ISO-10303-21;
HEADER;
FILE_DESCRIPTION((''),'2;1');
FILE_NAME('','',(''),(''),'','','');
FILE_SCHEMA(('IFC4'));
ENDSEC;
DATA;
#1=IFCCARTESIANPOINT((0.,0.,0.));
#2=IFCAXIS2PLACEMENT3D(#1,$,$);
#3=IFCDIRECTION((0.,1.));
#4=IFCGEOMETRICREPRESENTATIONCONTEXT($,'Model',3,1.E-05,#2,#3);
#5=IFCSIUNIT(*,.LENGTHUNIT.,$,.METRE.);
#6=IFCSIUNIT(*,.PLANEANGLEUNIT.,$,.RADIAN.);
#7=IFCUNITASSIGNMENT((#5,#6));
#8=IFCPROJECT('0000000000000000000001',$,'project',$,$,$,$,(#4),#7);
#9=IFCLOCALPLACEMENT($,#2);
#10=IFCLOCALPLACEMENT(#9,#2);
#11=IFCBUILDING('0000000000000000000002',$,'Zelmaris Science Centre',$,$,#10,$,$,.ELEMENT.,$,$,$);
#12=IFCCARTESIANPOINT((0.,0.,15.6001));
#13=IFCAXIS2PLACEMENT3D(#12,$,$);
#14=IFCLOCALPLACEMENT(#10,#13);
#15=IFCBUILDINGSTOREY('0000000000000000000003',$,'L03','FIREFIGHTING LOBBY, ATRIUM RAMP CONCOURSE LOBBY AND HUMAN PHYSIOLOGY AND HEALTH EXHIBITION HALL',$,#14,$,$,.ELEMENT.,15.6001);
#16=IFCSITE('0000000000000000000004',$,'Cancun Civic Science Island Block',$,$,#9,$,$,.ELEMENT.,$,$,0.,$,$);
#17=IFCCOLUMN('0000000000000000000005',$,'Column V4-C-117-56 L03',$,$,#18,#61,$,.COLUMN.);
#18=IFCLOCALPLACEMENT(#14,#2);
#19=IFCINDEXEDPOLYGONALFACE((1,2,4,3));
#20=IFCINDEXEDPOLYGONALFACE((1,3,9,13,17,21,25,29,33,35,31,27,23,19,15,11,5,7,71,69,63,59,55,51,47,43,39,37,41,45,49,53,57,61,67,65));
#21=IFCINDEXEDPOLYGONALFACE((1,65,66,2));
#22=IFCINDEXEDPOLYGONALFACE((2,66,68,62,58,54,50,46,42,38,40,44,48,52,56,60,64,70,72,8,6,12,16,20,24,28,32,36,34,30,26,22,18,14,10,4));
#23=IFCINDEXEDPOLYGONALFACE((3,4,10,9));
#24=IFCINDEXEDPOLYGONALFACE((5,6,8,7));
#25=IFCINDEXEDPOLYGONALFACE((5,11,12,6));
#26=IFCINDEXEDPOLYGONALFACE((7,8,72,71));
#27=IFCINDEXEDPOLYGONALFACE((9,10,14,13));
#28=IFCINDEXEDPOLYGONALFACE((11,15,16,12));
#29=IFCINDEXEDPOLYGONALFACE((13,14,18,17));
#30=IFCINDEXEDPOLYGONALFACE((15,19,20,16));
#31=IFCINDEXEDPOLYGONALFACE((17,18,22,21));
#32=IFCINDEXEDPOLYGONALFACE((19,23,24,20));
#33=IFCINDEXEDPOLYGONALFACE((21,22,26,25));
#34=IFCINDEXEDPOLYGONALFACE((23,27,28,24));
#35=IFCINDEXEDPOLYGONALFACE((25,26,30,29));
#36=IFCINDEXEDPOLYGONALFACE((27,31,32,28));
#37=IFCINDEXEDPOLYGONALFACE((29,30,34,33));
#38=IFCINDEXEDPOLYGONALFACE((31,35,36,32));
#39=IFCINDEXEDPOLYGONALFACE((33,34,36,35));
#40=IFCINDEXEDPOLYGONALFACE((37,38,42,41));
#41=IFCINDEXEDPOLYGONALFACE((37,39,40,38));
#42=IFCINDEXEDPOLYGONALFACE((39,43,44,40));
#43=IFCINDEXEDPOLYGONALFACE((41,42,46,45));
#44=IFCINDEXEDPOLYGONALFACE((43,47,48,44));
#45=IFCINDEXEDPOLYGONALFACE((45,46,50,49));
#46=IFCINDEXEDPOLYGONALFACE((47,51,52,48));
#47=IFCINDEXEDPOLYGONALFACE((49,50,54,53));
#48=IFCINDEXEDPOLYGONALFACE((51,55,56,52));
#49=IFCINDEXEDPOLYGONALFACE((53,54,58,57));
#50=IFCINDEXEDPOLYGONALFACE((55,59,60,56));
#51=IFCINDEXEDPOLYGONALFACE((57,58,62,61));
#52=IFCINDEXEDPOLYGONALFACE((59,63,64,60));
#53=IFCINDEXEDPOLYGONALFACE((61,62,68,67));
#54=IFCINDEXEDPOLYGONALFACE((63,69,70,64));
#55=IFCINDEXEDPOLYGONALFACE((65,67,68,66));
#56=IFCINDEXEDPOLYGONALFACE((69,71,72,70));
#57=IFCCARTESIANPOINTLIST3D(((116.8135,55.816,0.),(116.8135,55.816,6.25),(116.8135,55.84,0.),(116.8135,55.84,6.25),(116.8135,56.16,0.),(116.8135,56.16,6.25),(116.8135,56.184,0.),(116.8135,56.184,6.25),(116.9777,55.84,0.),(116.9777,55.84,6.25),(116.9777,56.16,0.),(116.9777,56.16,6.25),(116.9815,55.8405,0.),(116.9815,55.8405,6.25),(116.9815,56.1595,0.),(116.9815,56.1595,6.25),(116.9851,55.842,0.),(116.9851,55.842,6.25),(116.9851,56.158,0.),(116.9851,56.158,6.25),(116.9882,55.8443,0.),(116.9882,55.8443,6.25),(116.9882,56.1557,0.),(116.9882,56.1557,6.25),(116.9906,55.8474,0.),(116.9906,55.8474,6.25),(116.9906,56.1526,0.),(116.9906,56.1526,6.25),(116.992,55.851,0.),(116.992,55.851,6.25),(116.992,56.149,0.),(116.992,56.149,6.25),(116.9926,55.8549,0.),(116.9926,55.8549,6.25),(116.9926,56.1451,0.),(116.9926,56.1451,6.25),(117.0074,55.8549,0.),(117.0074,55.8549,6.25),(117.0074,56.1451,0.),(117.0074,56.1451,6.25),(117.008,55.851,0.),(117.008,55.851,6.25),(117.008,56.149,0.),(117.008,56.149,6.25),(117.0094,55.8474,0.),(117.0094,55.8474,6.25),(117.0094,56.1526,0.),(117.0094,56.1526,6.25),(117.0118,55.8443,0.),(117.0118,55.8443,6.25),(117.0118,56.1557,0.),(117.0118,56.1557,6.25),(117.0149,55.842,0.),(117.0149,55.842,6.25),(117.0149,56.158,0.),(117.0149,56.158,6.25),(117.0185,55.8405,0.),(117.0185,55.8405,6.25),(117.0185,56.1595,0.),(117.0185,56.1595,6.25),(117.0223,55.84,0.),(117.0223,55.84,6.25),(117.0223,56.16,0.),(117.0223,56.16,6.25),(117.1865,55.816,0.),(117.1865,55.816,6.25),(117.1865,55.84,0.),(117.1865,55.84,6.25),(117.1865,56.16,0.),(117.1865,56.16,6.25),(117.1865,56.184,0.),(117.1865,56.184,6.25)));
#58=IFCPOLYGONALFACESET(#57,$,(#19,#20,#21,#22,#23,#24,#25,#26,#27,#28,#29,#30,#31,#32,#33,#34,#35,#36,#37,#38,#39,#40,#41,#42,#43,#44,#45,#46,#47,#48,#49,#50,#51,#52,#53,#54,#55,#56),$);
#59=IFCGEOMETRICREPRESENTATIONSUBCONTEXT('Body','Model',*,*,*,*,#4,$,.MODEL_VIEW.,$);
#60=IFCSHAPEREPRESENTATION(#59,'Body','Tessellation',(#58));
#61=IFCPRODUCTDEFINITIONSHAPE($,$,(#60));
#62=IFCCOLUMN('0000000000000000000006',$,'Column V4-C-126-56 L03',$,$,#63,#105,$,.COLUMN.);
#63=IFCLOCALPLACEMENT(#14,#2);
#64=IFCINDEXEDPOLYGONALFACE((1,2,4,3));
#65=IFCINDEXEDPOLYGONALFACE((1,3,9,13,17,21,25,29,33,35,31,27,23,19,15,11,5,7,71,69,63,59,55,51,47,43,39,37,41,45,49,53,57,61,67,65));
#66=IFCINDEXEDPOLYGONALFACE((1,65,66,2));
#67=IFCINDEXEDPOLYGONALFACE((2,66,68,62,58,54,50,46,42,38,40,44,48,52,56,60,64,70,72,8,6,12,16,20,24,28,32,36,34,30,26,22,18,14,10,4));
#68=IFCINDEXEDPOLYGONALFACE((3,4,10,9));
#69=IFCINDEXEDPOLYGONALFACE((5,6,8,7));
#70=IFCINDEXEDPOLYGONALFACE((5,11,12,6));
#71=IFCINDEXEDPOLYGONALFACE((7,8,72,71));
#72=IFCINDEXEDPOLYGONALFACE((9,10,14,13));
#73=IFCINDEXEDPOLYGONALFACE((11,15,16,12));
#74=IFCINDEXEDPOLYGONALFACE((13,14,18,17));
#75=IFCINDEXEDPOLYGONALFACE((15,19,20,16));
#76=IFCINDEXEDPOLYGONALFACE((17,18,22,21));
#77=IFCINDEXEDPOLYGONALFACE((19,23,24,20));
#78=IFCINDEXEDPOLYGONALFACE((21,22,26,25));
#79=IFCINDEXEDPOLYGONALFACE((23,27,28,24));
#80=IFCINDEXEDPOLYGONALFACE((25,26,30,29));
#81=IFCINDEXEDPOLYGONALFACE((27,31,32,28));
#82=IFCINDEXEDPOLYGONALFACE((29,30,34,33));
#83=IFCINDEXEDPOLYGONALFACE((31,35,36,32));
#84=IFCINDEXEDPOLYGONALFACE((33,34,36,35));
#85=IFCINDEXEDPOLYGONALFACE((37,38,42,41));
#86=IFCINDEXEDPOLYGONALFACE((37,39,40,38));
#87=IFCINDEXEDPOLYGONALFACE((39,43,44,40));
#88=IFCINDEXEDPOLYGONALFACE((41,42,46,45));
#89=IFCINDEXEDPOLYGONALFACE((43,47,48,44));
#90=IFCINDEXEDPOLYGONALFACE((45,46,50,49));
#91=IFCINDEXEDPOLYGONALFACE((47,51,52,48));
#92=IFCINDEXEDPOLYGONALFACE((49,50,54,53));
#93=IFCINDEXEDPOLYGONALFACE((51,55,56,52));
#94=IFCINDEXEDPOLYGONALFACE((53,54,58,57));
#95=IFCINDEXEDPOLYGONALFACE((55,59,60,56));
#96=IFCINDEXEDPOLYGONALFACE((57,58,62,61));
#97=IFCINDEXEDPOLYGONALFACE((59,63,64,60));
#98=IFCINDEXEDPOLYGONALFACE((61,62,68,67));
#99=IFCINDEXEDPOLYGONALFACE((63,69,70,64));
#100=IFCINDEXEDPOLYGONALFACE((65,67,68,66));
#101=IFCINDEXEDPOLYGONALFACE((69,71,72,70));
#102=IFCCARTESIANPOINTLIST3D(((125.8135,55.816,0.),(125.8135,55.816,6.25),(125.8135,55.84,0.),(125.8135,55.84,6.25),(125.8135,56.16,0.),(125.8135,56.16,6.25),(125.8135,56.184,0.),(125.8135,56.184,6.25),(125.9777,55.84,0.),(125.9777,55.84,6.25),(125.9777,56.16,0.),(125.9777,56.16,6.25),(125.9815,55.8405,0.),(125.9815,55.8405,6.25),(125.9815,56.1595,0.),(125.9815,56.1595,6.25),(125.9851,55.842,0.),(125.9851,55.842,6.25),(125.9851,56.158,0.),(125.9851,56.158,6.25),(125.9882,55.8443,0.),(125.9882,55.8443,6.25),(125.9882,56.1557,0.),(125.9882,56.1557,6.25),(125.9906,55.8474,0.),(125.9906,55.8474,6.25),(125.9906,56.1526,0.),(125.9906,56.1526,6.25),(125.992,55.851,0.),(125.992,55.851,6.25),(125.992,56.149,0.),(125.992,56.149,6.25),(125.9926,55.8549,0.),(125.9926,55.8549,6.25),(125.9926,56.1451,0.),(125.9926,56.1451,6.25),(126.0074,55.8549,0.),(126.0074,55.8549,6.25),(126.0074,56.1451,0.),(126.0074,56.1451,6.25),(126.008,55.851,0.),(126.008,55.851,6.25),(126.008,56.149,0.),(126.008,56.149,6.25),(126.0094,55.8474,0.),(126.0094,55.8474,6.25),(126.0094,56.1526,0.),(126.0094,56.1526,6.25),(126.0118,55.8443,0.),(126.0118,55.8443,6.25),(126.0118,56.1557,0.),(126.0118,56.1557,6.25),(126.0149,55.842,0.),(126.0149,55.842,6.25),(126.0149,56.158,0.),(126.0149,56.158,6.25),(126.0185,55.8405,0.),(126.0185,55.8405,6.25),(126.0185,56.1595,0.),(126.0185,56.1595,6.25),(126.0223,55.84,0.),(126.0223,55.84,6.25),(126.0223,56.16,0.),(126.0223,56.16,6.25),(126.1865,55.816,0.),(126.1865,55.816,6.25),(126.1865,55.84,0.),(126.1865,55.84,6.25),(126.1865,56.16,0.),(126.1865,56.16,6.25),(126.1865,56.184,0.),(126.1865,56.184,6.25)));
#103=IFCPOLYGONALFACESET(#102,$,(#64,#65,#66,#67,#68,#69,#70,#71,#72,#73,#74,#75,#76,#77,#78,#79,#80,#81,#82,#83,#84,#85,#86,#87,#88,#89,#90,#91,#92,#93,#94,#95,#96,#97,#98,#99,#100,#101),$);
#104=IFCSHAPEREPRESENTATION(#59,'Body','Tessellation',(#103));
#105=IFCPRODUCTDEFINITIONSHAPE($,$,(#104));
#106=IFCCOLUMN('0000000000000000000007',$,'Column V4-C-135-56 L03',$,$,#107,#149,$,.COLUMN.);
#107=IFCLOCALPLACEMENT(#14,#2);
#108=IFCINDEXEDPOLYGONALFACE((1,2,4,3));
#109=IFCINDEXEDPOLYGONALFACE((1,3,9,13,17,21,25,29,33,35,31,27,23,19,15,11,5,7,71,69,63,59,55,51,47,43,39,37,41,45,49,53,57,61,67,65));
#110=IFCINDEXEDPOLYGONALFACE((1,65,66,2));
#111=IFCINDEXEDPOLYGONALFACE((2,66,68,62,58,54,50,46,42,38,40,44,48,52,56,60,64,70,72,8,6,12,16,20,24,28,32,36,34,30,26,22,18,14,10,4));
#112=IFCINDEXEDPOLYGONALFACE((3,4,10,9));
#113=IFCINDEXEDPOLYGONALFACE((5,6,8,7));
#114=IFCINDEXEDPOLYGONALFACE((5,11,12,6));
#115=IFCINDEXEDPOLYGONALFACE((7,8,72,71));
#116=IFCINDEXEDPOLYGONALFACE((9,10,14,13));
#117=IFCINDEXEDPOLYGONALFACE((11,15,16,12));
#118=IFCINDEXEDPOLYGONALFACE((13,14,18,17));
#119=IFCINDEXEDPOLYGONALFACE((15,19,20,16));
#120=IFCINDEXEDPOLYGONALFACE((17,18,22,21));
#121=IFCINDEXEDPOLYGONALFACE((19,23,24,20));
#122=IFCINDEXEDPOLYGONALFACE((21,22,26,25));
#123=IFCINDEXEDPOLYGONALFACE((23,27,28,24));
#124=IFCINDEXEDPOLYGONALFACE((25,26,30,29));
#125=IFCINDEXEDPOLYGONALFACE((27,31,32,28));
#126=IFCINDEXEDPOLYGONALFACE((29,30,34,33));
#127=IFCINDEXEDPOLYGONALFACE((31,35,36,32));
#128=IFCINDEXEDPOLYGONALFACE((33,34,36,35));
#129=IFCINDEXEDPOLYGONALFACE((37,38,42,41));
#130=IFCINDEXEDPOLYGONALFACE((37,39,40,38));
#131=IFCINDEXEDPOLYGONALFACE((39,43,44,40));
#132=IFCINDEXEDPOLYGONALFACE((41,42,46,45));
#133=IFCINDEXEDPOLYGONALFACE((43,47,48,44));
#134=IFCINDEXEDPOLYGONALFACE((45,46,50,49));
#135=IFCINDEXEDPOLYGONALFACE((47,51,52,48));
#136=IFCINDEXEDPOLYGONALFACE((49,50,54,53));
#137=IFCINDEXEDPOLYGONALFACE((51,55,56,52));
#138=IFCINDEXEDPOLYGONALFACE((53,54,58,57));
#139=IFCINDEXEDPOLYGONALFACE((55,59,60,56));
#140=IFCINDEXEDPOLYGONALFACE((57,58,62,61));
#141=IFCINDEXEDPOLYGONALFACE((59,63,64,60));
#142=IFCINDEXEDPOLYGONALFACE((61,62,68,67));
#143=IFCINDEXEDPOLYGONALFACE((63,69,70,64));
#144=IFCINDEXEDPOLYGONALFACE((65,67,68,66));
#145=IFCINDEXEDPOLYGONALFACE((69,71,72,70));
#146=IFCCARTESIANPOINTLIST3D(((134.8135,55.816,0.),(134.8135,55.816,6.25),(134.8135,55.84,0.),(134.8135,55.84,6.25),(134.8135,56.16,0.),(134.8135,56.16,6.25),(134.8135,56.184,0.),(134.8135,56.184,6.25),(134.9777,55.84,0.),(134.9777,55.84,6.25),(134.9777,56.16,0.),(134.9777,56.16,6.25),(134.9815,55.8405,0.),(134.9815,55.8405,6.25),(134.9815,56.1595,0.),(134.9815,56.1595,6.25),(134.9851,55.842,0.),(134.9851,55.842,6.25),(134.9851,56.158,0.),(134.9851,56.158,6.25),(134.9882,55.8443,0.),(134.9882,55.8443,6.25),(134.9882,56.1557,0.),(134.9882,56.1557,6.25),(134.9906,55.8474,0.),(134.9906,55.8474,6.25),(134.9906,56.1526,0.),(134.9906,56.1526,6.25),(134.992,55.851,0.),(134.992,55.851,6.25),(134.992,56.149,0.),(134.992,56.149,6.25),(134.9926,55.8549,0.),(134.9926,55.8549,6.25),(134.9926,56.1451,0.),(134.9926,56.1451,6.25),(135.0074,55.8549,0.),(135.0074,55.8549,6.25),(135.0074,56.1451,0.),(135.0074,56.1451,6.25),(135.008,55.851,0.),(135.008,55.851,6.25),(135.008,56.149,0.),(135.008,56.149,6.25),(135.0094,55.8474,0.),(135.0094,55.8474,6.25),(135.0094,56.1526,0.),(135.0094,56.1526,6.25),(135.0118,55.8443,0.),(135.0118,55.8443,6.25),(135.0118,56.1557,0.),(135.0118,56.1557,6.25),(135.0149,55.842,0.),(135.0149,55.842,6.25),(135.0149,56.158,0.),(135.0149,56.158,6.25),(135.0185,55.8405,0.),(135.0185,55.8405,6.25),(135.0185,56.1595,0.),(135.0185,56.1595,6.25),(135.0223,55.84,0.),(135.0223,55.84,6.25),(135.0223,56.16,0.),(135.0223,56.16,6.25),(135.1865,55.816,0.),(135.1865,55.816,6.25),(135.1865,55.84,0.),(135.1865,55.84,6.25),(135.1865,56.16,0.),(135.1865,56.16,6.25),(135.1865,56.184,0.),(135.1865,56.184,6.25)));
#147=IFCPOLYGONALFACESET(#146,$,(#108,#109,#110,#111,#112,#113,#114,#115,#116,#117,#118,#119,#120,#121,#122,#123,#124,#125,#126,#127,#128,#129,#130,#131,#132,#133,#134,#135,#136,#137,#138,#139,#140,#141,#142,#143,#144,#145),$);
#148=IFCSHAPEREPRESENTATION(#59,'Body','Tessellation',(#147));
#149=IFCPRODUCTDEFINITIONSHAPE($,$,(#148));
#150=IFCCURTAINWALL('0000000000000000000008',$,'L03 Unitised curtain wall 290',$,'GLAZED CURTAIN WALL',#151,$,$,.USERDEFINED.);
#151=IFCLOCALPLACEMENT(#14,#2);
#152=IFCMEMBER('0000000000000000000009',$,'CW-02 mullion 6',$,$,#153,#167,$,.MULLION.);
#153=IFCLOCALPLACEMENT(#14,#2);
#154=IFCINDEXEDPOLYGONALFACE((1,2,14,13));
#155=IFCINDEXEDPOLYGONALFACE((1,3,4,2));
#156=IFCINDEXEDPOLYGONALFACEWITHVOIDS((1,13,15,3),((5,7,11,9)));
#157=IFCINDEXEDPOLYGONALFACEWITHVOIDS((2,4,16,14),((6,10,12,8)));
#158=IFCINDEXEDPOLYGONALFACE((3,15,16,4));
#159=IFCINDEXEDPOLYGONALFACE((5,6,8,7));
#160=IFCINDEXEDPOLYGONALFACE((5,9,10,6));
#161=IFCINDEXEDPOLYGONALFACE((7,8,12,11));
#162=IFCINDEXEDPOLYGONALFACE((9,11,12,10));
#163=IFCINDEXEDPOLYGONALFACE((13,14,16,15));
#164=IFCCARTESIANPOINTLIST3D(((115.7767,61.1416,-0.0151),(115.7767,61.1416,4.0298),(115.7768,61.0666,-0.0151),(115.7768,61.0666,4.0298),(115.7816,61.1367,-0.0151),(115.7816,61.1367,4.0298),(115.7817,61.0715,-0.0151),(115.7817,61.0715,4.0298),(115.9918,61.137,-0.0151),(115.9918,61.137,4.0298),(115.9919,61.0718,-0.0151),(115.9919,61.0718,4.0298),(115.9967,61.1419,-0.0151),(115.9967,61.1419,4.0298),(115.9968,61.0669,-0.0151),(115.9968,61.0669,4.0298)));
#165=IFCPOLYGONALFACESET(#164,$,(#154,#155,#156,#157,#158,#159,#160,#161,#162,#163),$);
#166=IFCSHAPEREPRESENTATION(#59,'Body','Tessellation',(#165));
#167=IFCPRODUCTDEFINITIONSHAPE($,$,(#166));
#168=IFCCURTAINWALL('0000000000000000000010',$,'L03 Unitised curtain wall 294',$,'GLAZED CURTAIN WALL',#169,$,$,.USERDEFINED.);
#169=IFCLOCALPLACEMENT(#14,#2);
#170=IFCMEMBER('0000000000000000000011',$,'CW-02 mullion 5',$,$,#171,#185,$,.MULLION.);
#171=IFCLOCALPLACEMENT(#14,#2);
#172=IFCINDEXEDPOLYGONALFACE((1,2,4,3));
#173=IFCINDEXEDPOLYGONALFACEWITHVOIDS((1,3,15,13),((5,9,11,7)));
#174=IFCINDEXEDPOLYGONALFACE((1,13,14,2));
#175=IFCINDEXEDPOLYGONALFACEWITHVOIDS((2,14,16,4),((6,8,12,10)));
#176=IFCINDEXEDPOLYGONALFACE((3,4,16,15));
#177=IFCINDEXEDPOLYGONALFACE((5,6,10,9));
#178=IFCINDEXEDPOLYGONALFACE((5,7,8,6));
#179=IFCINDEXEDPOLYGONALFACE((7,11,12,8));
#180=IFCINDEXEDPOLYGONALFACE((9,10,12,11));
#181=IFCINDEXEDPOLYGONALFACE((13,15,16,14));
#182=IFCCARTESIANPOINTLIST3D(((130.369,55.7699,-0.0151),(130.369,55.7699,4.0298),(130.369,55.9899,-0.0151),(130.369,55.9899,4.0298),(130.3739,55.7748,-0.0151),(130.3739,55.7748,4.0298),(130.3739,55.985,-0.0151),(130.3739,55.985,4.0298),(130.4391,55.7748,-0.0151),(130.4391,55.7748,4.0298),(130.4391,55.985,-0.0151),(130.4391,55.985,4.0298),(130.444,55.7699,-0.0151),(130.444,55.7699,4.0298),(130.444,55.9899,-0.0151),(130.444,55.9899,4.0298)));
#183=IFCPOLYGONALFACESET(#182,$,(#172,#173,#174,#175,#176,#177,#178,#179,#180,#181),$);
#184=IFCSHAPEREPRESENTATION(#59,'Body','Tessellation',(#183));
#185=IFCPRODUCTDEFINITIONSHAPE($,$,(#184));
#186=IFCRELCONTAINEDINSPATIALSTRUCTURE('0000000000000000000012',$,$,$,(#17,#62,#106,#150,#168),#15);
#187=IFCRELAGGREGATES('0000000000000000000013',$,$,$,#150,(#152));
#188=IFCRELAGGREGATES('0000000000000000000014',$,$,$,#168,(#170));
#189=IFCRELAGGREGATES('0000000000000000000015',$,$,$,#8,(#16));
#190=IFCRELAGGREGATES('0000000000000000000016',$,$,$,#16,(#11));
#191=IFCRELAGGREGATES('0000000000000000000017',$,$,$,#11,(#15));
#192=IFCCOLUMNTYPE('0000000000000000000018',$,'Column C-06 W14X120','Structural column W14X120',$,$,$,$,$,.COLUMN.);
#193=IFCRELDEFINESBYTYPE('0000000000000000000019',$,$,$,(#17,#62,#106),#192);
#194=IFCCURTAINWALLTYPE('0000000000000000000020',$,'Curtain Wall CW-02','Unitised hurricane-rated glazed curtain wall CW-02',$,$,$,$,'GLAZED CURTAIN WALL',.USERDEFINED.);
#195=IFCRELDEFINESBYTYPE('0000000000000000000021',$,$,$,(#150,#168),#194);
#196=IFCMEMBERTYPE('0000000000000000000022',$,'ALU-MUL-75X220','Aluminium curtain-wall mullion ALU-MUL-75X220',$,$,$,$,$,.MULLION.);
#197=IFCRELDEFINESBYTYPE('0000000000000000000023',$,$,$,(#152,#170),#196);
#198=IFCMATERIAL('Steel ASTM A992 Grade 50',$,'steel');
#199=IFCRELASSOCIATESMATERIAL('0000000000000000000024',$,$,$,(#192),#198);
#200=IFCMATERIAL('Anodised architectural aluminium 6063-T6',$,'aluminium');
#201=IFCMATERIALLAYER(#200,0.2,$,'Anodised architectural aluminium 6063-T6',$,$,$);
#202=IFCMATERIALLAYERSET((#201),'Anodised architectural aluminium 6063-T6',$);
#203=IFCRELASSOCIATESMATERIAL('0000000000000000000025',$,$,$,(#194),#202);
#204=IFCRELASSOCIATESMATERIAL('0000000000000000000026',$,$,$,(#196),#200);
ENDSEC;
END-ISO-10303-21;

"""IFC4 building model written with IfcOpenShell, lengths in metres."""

from ifc_helpers import new_model, si_unit, direction, frame, origin, origin_2d, place, context, subcontext, project, spatial, hollow_rectangle, i_section, extrude, material, layer, layer_set, material_profile, profile_set, type_object, element, aggregate, save


model = new_model("IFC4")

# Units and contexts
model_context = context("Model", 3, precision=1e-05, world=origin(), true_north=direction((0.0, 1.0)))
body_context = subcontext(model_context, "Body", "Model", "MODEL_VIEW")
ifc_project = project(units=[si_unit("LENGTHUNIT", "METRE"), si_unit("PLANEANGLEUNIT", "RADIAN")], contexts=[model_context])

# Site, building, storey
site_placement = place(None, origin())
site = spatial("IfcSite", under=ifc_project, at=site_placement, Name="Cancun Civic Science Island Block", CompositionType="ELEMENT", RefElevation=0.0)
building_placement = place(site_placement, origin())
building = spatial("IfcBuilding", under=site, at=building_placement, Name="Zelmaris Science Centre", CompositionType="ELEMENT")
storey_placement = place(building_placement, frame((0.0, 0.0, 15.6001)))
storey = spatial("IfcBuildingStorey", under=building, at=storey_placement, Name="L03", Description="FIREFIGHTING LOBBY, ATRIUM RAMP CONCOURSE LOBBY AND HUMAN PHYSIOLOGY AND HEALTH EXHIBITION HALL", CompositionType="ELEMENT", Elevation=15.6001)

# Columns
ifc_material_1 = material(Name="Steel ASTM A992 Grade 50", Category="steel")
ifc_material_profile_1 = material_profile(ifc_material_1, i_section(OverallWidth=0.373, OverallDepth=0.3679, WebThickness=0.0149, FlangeThickness=0.0239, FilletRadius=0.0149, at=origin_2d()), Name="W14X120")
ifc_profile_set_1 = profile_set([ifc_material_profile_1], Name="Steel ASTM A992 Grade 50")
column_type = type_object("IfcColumnType", Name="Column C-06 W14X120", Description="Structural column W14X120", PredefinedType="COLUMN", material=ifc_profile_set_1)
for number, where, z_axis, x_axis, name in (
    (1, (117.0, 56.0, 0.0), (0.0, 0.0, 1.0), (1.0, 0.0, 0.0), "Column V4-C-117-56 L03"),
    (2, (126.0, 56.0, 0.0), (0.0, 0.0, 1.0), (1.0, 0.0, 0.0), "Column V4-C-126-56 L03"),
    (3, (135.0, 56.0, 0.0), (0.0, 0.0, 1.0), (1.0, 0.0, 0.0), "Column V4-C-135-56 L03"),
):
    element("IfcColumn", number, at=place(storey_placement, frame(where, z_axis=z_axis, x_axis=x_axis)), inside=storey, type_object=column_type, Name=name, PredefinedType="COLUMN", context=body_context, shape_type="SweptSolid", body=[
        extrude(i_section(OverallWidth=0.373, OverallDepth=0.3679, WebThickness=0.0149, FlangeThickness=0.0239, FilletRadius=0.0149, at=origin_2d()), origin(), (0.0, 0.0, 1.0), 6.25),
    ])

# Curtain walls, members
ifc_material_2 = material(Name="Anodised architectural aluminium 6063-T6", Category="aluminium")
ifc_layer_1 = layer(ifc_material_2, 0.2, Name="Anodised architectural aluminium 6063-T6")
ifc_layer_set_1 = layer_set([ifc_layer_1], Name="Anodised architectural aluminium 6063-T6")
curtain_wall_type = type_object("IfcCurtainWallType", Name="Curtain Wall CW-02", Description="Unitised hurricane-rated glazed curtain wall CW-02", ElementType="GLAZED CURTAIN WALL", PredefinedType="USERDEFINED", material=ifc_layer_set_1)
curtain_wall_1_placement = place(storey_placement, origin())
curtain_wall_1 = element("IfcCurtainWall", 4, at=curtain_wall_1_placement, inside=storey, type_object=curtain_wall_type, Name="L03 Unitised curtain wall 290", ObjectType="GLAZED CURTAIN WALL", PredefinedType="USERDEFINED")
ifc_material_profile_2 = material_profile(ifc_material_2, hollow_rectangle(XDim=0.075, YDim=0.22, WallThickness=0.0049, at=origin_2d()), Name="ALU-MUL-75X220")
ifc_profile_set_2 = profile_set([ifc_material_profile_2], Name="Anodised architectural aluminium 6063-T6")
member_type = type_object("IfcMemberType", Name="ALU-MUL-75X220", Description="Aluminium curtain-wall mullion ALU-MUL-75X220", PredefinedType="MULLION", material=ifc_profile_set_2)
member_1_placement = place(storey_placement, frame((115.8867, 61.1042, -0.0151), z_axis=(0.0, 0.0, 1.0), x_axis=(0.001372, -0.999999, 0.0)))
member_1 = element("IfcMember", 5, at=member_1_placement, type_object=member_type, Name="CW-02 mullion 6", PredefinedType="MULLION", context=body_context, shape_type="SweptSolid", body=[
    extrude(hollow_rectangle(XDim=0.075, YDim=0.22, WallThickness=0.0049, at=origin_2d()), origin(), (0.0, 0.0, 1.0), 4.0449),
])
curtain_wall_2_placement = place(storey_placement, origin())
curtain_wall_2 = element("IfcCurtainWall", 6, at=curtain_wall_2_placement, inside=storey, type_object=curtain_wall_type, Name="L03 Unitised curtain wall 294", ObjectType="GLAZED CURTAIN WALL", PredefinedType="USERDEFINED")
member_2_placement = place(storey_placement, frame((130.4065, 55.8799, -0.0151), z_axis=(0.0, 0.0, 1.0), x_axis=(1.0, -0.000003, 0.0)))
member_2 = element("IfcMember", 7, at=member_2_placement, type_object=member_type, Name="CW-02 mullion 5", PredefinedType="MULLION", context=body_context, shape_type="SweptSolid", body=[
    extrude(hollow_rectangle(XDim=0.075, YDim=0.22, WallThickness=0.0049, at=origin_2d()), origin(), (0.0, 0.0, 1.0), 4.0449),
])

aggregate(curtain_wall_1, [member_1])
aggregate(curtain_wall_2, [member_2])

save(model, "model.ifc")
